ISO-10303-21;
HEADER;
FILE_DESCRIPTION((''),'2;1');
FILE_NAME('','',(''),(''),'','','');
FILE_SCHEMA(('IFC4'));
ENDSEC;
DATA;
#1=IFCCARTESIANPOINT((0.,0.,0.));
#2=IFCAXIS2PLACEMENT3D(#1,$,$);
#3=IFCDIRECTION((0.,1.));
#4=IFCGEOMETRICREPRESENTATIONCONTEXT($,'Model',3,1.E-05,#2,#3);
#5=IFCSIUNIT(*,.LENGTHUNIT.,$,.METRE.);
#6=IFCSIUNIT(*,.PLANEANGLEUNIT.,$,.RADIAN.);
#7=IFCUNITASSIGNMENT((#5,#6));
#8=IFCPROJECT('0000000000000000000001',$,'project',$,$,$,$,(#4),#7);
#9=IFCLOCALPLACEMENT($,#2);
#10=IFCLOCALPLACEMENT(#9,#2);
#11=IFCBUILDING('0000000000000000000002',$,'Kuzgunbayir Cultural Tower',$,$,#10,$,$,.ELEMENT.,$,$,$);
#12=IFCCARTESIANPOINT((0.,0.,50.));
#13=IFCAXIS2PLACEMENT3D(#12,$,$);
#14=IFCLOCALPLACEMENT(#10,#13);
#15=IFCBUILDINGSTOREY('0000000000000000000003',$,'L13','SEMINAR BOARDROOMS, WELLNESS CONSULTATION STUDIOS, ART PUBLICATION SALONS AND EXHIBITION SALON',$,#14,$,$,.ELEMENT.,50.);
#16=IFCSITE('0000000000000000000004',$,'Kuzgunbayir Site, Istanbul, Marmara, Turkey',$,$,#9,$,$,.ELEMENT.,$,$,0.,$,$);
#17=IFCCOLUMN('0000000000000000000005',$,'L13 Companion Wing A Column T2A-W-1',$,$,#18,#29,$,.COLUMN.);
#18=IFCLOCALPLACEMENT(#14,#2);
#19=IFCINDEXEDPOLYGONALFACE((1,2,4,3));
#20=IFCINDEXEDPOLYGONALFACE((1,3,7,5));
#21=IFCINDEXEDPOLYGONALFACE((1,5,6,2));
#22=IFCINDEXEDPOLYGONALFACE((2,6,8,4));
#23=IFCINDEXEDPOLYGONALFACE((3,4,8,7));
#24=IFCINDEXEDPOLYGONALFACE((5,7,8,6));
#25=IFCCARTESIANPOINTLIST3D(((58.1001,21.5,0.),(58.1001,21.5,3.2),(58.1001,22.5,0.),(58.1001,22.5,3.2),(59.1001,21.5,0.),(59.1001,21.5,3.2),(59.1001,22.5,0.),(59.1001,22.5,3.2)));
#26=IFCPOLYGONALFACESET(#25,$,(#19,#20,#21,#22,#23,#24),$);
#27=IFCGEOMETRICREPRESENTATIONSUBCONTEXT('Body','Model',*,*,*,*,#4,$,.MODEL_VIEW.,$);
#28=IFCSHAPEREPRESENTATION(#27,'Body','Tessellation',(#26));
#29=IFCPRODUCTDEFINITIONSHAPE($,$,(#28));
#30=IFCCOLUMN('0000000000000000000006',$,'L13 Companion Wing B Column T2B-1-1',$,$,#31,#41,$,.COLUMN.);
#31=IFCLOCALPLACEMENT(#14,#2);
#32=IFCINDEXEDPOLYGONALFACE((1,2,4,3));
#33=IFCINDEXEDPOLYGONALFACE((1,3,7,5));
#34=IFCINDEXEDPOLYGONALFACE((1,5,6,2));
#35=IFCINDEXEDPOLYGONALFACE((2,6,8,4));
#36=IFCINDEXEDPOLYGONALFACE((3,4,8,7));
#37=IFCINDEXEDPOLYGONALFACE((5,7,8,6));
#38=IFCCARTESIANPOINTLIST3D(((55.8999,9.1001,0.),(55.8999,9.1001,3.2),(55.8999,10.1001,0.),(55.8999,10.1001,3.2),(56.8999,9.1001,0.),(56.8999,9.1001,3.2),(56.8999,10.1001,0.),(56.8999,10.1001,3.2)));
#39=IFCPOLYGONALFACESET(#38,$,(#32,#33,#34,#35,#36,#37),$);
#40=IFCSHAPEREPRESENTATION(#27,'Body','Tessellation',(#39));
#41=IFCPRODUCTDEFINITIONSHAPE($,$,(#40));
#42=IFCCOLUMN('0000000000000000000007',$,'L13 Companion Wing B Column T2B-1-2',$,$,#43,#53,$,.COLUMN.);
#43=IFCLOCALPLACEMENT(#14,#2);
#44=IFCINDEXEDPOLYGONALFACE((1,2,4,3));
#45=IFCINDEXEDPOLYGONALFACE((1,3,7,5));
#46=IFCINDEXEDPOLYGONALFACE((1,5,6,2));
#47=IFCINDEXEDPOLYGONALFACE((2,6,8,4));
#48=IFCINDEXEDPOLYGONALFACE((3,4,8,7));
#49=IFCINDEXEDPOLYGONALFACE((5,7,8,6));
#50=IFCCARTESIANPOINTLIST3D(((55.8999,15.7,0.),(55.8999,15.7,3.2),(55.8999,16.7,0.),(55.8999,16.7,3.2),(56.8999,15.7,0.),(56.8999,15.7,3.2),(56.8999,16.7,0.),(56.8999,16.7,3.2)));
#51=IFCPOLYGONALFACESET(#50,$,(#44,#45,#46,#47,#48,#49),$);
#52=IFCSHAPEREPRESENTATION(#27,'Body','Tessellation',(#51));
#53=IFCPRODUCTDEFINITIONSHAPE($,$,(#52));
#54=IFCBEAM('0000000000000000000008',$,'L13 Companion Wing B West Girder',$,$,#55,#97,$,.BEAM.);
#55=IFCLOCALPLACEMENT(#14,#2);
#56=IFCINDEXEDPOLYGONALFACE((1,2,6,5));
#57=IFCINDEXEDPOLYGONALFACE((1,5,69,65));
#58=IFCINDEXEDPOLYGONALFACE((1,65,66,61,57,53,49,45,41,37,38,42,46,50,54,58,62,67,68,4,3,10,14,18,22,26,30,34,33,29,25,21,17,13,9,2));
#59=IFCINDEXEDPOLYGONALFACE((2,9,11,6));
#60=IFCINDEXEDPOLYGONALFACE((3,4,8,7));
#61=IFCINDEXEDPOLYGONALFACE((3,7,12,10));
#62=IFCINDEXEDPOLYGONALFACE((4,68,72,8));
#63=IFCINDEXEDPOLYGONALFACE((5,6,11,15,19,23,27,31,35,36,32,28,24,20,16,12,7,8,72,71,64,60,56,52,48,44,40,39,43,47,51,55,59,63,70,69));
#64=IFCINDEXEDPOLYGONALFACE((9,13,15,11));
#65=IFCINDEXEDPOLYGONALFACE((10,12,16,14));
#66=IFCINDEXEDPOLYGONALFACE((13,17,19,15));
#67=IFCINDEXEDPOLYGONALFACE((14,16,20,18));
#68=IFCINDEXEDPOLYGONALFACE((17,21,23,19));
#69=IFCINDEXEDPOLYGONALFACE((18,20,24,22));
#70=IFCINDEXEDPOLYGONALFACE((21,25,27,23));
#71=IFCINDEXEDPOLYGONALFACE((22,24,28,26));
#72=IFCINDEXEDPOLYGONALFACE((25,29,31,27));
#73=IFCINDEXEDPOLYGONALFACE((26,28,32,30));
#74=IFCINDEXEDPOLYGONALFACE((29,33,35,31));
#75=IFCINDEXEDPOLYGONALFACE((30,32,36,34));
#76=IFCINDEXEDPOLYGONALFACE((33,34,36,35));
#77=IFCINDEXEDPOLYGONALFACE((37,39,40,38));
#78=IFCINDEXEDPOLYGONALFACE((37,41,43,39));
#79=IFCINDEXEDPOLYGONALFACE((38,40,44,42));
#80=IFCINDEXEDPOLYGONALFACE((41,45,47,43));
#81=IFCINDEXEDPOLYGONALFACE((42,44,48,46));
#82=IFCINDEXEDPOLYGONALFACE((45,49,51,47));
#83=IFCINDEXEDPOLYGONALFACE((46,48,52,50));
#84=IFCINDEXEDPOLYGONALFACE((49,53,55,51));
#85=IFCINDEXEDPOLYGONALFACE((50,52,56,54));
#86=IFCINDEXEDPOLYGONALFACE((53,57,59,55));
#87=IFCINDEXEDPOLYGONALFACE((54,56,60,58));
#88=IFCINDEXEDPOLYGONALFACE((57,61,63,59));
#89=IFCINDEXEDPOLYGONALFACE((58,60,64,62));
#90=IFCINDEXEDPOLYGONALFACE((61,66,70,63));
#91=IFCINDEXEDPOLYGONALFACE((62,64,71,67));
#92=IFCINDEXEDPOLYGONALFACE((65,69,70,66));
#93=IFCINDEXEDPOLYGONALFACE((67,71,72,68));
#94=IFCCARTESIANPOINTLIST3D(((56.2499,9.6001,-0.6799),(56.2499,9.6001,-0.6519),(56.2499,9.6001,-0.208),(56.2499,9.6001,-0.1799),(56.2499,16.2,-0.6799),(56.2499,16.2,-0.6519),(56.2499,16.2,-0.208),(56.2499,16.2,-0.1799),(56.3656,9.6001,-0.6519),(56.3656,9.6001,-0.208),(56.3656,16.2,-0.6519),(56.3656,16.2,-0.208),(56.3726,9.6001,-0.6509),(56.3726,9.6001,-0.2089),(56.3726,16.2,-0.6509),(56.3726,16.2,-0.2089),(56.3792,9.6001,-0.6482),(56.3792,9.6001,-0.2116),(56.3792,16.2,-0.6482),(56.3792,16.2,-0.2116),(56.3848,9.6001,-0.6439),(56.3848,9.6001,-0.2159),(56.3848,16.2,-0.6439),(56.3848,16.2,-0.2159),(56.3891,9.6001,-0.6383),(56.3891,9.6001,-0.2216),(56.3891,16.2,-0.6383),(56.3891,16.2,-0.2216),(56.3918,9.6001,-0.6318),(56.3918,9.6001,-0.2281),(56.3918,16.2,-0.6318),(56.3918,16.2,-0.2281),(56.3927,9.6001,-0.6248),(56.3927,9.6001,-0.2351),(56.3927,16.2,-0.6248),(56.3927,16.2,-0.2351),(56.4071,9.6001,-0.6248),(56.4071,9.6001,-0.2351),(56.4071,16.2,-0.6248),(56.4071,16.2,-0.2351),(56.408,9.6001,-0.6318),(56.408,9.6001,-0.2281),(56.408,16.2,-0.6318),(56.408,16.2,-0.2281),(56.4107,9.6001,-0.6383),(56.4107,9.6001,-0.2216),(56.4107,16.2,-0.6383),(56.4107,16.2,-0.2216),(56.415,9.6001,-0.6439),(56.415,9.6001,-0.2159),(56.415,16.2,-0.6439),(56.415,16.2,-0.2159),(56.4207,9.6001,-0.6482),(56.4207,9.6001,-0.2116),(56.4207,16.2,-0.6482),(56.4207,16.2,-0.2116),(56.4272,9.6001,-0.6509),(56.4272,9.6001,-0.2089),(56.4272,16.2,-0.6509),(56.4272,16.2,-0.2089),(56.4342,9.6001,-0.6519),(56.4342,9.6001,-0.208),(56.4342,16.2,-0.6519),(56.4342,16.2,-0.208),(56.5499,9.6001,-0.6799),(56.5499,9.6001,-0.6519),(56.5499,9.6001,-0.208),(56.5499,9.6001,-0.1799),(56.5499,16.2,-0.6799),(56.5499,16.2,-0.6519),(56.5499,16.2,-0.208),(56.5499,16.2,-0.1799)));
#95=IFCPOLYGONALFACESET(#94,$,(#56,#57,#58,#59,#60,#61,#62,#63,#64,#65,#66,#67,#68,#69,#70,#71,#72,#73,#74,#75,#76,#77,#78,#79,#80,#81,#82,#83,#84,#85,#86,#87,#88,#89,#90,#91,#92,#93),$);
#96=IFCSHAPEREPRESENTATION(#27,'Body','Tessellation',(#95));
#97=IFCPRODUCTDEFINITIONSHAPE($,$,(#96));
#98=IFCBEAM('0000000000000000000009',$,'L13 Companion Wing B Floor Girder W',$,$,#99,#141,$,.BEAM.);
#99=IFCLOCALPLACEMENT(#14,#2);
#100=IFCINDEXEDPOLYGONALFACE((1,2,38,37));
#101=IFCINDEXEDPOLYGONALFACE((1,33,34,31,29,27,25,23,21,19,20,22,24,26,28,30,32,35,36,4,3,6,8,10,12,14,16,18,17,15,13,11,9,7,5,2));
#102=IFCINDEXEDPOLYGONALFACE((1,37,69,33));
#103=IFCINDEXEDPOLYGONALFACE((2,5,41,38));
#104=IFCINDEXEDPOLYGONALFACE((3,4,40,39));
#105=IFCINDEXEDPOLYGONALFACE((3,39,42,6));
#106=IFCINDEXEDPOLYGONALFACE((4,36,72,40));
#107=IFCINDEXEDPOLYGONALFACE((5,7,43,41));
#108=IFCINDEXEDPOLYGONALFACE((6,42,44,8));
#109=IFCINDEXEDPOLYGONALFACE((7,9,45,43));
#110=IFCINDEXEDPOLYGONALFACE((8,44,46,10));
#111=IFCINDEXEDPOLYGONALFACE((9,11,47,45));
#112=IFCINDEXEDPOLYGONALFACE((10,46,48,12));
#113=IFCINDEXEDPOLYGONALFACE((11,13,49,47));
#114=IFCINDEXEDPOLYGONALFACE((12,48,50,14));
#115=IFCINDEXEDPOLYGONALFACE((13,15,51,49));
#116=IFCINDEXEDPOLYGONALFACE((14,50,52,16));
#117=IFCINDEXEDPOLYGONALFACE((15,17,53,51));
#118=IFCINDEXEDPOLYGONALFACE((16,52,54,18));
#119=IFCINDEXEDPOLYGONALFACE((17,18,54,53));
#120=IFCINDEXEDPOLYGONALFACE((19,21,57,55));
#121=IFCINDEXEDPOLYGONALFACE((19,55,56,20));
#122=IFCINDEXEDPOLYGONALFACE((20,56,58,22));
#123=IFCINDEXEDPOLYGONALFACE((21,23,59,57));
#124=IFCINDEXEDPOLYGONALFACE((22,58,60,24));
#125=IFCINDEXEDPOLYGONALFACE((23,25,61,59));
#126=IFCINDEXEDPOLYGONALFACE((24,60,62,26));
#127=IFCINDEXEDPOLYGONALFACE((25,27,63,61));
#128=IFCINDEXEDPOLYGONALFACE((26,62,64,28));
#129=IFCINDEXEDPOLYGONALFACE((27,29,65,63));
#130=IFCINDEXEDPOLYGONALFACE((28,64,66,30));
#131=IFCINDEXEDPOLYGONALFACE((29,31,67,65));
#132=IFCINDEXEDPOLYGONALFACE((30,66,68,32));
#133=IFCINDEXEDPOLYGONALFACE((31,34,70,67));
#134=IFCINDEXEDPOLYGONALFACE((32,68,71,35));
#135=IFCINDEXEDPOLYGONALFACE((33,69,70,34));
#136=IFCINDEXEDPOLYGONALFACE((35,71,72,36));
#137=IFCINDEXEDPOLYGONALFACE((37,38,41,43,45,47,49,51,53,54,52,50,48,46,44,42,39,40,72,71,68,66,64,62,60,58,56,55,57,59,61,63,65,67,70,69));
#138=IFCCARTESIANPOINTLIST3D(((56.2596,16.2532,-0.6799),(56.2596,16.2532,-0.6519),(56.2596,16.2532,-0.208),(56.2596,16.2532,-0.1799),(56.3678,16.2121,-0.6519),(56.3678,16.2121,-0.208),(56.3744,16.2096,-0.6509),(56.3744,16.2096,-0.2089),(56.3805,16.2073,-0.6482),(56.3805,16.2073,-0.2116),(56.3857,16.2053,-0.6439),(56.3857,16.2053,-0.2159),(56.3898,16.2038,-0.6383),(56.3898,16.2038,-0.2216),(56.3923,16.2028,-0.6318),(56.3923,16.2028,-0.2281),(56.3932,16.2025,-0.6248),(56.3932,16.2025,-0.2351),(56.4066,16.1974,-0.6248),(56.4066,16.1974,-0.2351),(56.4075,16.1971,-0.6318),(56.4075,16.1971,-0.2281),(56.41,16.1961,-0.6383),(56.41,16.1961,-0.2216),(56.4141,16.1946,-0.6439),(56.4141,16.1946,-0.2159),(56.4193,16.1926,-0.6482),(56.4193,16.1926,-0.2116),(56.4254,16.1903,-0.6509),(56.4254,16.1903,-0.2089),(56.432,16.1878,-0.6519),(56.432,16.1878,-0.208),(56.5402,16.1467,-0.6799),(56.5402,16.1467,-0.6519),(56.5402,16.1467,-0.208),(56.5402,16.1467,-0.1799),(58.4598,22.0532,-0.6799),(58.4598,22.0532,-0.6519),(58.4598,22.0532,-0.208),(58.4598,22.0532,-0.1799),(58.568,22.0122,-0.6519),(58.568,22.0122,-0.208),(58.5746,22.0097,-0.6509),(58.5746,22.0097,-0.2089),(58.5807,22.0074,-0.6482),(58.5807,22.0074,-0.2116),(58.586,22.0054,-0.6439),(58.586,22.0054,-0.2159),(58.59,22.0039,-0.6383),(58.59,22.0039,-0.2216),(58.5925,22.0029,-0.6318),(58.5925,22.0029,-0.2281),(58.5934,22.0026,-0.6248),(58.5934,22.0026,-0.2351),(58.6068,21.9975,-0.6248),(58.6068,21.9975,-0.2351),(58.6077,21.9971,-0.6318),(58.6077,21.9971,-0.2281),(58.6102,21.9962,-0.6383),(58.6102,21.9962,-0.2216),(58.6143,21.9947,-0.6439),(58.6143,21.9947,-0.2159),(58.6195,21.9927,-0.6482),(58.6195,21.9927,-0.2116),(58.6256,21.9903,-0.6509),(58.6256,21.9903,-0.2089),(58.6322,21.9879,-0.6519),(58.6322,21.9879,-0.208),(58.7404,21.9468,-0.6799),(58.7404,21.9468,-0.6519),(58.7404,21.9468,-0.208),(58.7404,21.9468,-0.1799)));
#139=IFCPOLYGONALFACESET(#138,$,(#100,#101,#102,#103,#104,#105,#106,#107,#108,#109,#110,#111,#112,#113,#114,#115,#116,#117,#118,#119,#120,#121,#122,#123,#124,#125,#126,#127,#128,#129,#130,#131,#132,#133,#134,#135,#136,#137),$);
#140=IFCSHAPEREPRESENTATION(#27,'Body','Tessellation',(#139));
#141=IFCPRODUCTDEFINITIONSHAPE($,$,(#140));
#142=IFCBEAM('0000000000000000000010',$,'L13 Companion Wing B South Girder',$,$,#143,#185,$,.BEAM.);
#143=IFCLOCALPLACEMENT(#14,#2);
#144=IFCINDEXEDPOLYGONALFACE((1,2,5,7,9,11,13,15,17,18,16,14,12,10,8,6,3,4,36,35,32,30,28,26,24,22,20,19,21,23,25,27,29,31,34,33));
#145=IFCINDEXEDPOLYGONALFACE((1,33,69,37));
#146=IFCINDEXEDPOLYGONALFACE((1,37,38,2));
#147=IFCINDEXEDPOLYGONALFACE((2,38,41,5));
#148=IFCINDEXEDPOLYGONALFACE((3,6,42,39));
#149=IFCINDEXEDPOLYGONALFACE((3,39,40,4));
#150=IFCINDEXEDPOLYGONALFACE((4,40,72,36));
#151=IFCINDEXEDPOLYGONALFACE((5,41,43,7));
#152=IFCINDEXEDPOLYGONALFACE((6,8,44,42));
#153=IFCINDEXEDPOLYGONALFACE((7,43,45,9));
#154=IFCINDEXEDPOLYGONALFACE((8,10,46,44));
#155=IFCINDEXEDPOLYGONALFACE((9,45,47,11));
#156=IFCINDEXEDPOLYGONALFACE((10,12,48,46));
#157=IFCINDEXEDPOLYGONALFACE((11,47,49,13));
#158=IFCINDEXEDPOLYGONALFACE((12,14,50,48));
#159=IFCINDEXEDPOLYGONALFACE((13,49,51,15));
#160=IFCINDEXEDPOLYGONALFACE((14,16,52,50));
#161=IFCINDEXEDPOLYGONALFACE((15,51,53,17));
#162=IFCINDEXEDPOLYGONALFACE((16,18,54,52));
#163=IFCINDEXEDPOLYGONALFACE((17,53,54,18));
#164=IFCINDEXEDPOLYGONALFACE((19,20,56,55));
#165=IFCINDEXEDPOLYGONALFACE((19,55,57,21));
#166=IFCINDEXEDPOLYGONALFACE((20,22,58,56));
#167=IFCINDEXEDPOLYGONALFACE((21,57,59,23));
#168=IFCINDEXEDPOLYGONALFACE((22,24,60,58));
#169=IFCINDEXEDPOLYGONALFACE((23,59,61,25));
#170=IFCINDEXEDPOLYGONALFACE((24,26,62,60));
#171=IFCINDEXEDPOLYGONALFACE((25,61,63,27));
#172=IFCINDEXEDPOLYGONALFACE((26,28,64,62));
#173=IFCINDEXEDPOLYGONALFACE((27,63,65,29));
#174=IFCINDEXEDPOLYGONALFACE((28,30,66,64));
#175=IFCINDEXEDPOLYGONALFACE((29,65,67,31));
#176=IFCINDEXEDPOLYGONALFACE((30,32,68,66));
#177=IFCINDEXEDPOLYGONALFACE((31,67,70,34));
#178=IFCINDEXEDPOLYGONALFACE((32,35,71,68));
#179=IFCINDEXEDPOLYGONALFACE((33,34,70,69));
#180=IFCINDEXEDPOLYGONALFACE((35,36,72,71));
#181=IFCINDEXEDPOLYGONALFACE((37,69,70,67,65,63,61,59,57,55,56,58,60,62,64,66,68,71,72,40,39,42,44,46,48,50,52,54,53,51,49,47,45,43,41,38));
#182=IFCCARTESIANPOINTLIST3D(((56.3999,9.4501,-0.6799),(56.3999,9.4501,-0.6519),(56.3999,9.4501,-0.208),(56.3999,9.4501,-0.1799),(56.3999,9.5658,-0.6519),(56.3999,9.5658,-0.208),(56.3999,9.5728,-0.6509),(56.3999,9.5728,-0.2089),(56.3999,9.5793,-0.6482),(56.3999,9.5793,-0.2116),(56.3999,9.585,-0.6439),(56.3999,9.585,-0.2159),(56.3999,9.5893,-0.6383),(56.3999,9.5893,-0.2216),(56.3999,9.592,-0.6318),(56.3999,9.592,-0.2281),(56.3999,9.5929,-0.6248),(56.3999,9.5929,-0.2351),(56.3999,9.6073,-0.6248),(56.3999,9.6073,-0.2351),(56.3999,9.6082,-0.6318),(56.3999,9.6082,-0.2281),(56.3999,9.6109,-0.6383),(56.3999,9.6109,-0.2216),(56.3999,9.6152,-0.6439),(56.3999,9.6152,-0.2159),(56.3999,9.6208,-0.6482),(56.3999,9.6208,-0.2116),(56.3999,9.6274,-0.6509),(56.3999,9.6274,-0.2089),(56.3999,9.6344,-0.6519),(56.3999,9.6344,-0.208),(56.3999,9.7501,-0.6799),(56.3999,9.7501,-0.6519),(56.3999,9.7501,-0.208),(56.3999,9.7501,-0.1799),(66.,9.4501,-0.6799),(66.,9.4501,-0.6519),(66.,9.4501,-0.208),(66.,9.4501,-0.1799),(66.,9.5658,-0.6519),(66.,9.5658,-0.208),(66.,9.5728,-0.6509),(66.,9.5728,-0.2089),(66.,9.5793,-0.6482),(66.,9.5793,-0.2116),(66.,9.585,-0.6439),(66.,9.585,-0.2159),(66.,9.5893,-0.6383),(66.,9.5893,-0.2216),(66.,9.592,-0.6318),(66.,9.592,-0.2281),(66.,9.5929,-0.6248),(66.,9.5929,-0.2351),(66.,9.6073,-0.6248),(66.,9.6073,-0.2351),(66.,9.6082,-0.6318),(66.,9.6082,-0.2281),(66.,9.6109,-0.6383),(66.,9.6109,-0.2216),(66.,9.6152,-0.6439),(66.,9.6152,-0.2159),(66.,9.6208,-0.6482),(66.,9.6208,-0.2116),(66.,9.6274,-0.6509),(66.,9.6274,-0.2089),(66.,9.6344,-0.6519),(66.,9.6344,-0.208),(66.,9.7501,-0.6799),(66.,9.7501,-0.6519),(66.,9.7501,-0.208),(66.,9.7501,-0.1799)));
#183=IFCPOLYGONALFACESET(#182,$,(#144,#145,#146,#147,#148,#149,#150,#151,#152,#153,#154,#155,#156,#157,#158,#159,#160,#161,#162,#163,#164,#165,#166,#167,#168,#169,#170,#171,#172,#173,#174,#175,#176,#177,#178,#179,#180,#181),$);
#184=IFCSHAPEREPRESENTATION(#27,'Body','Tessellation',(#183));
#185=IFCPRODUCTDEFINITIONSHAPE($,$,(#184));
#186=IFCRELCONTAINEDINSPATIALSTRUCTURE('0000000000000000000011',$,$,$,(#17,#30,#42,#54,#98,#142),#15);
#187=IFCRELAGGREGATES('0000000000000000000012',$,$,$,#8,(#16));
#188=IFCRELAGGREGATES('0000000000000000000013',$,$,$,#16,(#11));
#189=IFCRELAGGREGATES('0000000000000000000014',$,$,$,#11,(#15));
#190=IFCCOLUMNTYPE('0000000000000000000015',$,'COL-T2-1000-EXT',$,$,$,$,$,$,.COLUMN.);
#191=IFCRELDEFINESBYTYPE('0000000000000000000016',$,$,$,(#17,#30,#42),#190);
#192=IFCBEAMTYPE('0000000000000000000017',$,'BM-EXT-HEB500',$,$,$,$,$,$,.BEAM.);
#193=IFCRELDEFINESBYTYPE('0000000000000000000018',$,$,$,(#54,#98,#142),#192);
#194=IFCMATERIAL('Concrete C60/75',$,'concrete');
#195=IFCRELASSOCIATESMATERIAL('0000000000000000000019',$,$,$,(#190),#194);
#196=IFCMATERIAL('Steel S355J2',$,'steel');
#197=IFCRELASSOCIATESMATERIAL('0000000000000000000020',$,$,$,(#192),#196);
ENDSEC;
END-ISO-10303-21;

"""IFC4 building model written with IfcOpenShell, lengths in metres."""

from ifc_helpers import new_model, si_unit, direction, frame, origin, origin_2d, place, context, subcontext, project, spatial, rectangle, i_section, extrude, material, material_profile, profile_set, type_object, element, save


model = new_model("IFC4")

# Units and contexts
model_context = context("Model", 3, precision=1e-05, world=origin(), true_north=direction((0.0, 1.0)))
body_context = subcontext(model_context, "Body", "Model", "MODEL_VIEW")
ifc_project = project(units=[si_unit("LENGTHUNIT", "METRE"), si_unit("PLANEANGLEUNIT", "RADIAN")], contexts=[model_context])

# Site, building, storey
site_placement = place(None, origin())
site = spatial("IfcSite", under=ifc_project, at=site_placement, Name="Kuzgunbayir Site, Istanbul, Marmara, Turkey", CompositionType="ELEMENT", RefElevation=0.0)
building_placement = place(site_placement, origin())
building = spatial("IfcBuilding", under=site, at=building_placement, Name="Kuzgunbayir Cultural Tower", CompositionType="ELEMENT")
storey_placement = place(building_placement, frame((0.0, 0.0, 50.0)))
storey = spatial("IfcBuildingStorey", under=building, at=storey_placement, Name="L13", Description="SEMINAR BOARDROOMS, WELLNESS CONSULTATION STUDIOS, ART PUBLICATION SALONS AND EXHIBITION SALON", CompositionType="ELEMENT", Elevation=50.0)

# Columns
ifc_material_1 = material(Name="Concrete C60/75", Category="concrete")
ifc_material_profile_1 = material_profile(ifc_material_1, rectangle(XDim=1.0, YDim=1.0, at=origin_2d()), Name="RC 1000x1000")
ifc_profile_set_1 = profile_set([ifc_material_profile_1], Name="Concrete C60/75")
column_type = type_object("IfcColumnType", Name="COL-T2-1000-EXT", PredefinedType="COLUMN", material=ifc_profile_set_1)
for number, where, z_axis, x_axis, name in (
    (1, (58.6001, 22.0, 0.0), (0.0, 0.0, 1.0), (1.0, 0.0, 0.0), "L13 Companion Wing A Column T2A-W-1"),
    (2, (56.3999, 9.6001, 0.0), (0.0, 0.0, 1.0), (1.0, 0.0, 0.0), "L13 Companion Wing B Column T2B-1-1"),
    (3, (56.3999, 16.2, 0.0), (0.0, 0.0, 1.0), (1.0, 0.0, 0.0), "L13 Companion Wing B Column T2B-1-2"),
):
    element("IfcColumn", number, at=place(storey_placement, frame(where, z_axis=z_axis, x_axis=x_axis)), inside=storey, type_object=column_type, Name=name, PredefinedType="COLUMN", context=body_context, shape_type="SweptSolid", body=[
        extrude(rectangle(XDim=1.0, YDim=1.0, at=origin_2d()), origin(), (0.0, 0.0, 1.0), 3.2),
    ])

# Beams
ifc_material_2 = material(Name="Steel S355J2", Category="steel")
ifc_material_profile_2 = material_profile(ifc_material_2, i_section(OverallWidth=0.3, OverallDepth=0.5, WebThickness=0.0144, FlangeThickness=0.0281, FilletRadius=0.0271, at=origin_2d()), Name="HEB 500")
ifc_profile_set_2 = profile_set([ifc_material_profile_2], Name="Steel S355J2")
beam_type_1 = type_object("IfcBeamType", Name="BM-EXT-HEB500", PredefinedType="BEAM", material=ifc_profile_set_2)
beam_1_placement = place(storey_placement, frame((56.3999, 9.6001, -0.4299), z_axis=(0.0, 1.0, 0.0), x_axis=(-1.0, 0.0, 0.0)))
element("IfcBeam", 4, at=beam_1_placement, inside=storey, type_object=beam_type_1, Name="L13 Companion Wing B West Girder", PredefinedType="BEAM", context=body_context, shape_type="SweptSolid", body=[
    extrude(i_section(OverallWidth=0.3, OverallDepth=0.5, WebThickness=0.0144, FlangeThickness=0.0281, FilletRadius=0.0271, at=origin_2d()), origin(), (0.0, 0.0, 1.0), 6.5999),
])
beam_2_placement = place(storey_placement, frame((56.3999, 16.2, -0.4299), z_axis=(0.354679, 0.934988, 0.0), x_axis=(-0.934988, 0.354679, 0.0)))
element("IfcBeam", 5, at=beam_2_placement, inside=storey, type_object=beam_type_1, Name="L13 Companion Wing B Floor Girder W", PredefinedType="BEAM", context=body_context, shape_type="SweptSolid", body=[
    extrude(i_section(OverallWidth=0.3, OverallDepth=0.5, WebThickness=0.0144, FlangeThickness=0.0281, FilletRadius=0.0271, at=origin_2d()), origin(), (0.0, 0.0, 1.0), 6.2034),
])
beam_3_placement = place(storey_placement, frame((56.3999, 9.6001, -0.4299), z_axis=(1.0, 0.0, 0.0), x_axis=(0.0, 1.0, 0.0)))
element("IfcBeam", 6, at=beam_3_placement, inside=storey, type_object=beam_type_1, Name="L13 Companion Wing B South Girder", PredefinedType="BEAM", context=body_context, shape_type="SweptSolid", body=[
    extrude(i_section(OverallWidth=0.3, OverallDepth=0.5, WebThickness=0.0144, FlangeThickness=0.0281, FilletRadius=0.0271, at=origin_2d()), origin(), (0.0, 0.0, 1.0), 9.6001),
])

save(model, "model.ifc")
